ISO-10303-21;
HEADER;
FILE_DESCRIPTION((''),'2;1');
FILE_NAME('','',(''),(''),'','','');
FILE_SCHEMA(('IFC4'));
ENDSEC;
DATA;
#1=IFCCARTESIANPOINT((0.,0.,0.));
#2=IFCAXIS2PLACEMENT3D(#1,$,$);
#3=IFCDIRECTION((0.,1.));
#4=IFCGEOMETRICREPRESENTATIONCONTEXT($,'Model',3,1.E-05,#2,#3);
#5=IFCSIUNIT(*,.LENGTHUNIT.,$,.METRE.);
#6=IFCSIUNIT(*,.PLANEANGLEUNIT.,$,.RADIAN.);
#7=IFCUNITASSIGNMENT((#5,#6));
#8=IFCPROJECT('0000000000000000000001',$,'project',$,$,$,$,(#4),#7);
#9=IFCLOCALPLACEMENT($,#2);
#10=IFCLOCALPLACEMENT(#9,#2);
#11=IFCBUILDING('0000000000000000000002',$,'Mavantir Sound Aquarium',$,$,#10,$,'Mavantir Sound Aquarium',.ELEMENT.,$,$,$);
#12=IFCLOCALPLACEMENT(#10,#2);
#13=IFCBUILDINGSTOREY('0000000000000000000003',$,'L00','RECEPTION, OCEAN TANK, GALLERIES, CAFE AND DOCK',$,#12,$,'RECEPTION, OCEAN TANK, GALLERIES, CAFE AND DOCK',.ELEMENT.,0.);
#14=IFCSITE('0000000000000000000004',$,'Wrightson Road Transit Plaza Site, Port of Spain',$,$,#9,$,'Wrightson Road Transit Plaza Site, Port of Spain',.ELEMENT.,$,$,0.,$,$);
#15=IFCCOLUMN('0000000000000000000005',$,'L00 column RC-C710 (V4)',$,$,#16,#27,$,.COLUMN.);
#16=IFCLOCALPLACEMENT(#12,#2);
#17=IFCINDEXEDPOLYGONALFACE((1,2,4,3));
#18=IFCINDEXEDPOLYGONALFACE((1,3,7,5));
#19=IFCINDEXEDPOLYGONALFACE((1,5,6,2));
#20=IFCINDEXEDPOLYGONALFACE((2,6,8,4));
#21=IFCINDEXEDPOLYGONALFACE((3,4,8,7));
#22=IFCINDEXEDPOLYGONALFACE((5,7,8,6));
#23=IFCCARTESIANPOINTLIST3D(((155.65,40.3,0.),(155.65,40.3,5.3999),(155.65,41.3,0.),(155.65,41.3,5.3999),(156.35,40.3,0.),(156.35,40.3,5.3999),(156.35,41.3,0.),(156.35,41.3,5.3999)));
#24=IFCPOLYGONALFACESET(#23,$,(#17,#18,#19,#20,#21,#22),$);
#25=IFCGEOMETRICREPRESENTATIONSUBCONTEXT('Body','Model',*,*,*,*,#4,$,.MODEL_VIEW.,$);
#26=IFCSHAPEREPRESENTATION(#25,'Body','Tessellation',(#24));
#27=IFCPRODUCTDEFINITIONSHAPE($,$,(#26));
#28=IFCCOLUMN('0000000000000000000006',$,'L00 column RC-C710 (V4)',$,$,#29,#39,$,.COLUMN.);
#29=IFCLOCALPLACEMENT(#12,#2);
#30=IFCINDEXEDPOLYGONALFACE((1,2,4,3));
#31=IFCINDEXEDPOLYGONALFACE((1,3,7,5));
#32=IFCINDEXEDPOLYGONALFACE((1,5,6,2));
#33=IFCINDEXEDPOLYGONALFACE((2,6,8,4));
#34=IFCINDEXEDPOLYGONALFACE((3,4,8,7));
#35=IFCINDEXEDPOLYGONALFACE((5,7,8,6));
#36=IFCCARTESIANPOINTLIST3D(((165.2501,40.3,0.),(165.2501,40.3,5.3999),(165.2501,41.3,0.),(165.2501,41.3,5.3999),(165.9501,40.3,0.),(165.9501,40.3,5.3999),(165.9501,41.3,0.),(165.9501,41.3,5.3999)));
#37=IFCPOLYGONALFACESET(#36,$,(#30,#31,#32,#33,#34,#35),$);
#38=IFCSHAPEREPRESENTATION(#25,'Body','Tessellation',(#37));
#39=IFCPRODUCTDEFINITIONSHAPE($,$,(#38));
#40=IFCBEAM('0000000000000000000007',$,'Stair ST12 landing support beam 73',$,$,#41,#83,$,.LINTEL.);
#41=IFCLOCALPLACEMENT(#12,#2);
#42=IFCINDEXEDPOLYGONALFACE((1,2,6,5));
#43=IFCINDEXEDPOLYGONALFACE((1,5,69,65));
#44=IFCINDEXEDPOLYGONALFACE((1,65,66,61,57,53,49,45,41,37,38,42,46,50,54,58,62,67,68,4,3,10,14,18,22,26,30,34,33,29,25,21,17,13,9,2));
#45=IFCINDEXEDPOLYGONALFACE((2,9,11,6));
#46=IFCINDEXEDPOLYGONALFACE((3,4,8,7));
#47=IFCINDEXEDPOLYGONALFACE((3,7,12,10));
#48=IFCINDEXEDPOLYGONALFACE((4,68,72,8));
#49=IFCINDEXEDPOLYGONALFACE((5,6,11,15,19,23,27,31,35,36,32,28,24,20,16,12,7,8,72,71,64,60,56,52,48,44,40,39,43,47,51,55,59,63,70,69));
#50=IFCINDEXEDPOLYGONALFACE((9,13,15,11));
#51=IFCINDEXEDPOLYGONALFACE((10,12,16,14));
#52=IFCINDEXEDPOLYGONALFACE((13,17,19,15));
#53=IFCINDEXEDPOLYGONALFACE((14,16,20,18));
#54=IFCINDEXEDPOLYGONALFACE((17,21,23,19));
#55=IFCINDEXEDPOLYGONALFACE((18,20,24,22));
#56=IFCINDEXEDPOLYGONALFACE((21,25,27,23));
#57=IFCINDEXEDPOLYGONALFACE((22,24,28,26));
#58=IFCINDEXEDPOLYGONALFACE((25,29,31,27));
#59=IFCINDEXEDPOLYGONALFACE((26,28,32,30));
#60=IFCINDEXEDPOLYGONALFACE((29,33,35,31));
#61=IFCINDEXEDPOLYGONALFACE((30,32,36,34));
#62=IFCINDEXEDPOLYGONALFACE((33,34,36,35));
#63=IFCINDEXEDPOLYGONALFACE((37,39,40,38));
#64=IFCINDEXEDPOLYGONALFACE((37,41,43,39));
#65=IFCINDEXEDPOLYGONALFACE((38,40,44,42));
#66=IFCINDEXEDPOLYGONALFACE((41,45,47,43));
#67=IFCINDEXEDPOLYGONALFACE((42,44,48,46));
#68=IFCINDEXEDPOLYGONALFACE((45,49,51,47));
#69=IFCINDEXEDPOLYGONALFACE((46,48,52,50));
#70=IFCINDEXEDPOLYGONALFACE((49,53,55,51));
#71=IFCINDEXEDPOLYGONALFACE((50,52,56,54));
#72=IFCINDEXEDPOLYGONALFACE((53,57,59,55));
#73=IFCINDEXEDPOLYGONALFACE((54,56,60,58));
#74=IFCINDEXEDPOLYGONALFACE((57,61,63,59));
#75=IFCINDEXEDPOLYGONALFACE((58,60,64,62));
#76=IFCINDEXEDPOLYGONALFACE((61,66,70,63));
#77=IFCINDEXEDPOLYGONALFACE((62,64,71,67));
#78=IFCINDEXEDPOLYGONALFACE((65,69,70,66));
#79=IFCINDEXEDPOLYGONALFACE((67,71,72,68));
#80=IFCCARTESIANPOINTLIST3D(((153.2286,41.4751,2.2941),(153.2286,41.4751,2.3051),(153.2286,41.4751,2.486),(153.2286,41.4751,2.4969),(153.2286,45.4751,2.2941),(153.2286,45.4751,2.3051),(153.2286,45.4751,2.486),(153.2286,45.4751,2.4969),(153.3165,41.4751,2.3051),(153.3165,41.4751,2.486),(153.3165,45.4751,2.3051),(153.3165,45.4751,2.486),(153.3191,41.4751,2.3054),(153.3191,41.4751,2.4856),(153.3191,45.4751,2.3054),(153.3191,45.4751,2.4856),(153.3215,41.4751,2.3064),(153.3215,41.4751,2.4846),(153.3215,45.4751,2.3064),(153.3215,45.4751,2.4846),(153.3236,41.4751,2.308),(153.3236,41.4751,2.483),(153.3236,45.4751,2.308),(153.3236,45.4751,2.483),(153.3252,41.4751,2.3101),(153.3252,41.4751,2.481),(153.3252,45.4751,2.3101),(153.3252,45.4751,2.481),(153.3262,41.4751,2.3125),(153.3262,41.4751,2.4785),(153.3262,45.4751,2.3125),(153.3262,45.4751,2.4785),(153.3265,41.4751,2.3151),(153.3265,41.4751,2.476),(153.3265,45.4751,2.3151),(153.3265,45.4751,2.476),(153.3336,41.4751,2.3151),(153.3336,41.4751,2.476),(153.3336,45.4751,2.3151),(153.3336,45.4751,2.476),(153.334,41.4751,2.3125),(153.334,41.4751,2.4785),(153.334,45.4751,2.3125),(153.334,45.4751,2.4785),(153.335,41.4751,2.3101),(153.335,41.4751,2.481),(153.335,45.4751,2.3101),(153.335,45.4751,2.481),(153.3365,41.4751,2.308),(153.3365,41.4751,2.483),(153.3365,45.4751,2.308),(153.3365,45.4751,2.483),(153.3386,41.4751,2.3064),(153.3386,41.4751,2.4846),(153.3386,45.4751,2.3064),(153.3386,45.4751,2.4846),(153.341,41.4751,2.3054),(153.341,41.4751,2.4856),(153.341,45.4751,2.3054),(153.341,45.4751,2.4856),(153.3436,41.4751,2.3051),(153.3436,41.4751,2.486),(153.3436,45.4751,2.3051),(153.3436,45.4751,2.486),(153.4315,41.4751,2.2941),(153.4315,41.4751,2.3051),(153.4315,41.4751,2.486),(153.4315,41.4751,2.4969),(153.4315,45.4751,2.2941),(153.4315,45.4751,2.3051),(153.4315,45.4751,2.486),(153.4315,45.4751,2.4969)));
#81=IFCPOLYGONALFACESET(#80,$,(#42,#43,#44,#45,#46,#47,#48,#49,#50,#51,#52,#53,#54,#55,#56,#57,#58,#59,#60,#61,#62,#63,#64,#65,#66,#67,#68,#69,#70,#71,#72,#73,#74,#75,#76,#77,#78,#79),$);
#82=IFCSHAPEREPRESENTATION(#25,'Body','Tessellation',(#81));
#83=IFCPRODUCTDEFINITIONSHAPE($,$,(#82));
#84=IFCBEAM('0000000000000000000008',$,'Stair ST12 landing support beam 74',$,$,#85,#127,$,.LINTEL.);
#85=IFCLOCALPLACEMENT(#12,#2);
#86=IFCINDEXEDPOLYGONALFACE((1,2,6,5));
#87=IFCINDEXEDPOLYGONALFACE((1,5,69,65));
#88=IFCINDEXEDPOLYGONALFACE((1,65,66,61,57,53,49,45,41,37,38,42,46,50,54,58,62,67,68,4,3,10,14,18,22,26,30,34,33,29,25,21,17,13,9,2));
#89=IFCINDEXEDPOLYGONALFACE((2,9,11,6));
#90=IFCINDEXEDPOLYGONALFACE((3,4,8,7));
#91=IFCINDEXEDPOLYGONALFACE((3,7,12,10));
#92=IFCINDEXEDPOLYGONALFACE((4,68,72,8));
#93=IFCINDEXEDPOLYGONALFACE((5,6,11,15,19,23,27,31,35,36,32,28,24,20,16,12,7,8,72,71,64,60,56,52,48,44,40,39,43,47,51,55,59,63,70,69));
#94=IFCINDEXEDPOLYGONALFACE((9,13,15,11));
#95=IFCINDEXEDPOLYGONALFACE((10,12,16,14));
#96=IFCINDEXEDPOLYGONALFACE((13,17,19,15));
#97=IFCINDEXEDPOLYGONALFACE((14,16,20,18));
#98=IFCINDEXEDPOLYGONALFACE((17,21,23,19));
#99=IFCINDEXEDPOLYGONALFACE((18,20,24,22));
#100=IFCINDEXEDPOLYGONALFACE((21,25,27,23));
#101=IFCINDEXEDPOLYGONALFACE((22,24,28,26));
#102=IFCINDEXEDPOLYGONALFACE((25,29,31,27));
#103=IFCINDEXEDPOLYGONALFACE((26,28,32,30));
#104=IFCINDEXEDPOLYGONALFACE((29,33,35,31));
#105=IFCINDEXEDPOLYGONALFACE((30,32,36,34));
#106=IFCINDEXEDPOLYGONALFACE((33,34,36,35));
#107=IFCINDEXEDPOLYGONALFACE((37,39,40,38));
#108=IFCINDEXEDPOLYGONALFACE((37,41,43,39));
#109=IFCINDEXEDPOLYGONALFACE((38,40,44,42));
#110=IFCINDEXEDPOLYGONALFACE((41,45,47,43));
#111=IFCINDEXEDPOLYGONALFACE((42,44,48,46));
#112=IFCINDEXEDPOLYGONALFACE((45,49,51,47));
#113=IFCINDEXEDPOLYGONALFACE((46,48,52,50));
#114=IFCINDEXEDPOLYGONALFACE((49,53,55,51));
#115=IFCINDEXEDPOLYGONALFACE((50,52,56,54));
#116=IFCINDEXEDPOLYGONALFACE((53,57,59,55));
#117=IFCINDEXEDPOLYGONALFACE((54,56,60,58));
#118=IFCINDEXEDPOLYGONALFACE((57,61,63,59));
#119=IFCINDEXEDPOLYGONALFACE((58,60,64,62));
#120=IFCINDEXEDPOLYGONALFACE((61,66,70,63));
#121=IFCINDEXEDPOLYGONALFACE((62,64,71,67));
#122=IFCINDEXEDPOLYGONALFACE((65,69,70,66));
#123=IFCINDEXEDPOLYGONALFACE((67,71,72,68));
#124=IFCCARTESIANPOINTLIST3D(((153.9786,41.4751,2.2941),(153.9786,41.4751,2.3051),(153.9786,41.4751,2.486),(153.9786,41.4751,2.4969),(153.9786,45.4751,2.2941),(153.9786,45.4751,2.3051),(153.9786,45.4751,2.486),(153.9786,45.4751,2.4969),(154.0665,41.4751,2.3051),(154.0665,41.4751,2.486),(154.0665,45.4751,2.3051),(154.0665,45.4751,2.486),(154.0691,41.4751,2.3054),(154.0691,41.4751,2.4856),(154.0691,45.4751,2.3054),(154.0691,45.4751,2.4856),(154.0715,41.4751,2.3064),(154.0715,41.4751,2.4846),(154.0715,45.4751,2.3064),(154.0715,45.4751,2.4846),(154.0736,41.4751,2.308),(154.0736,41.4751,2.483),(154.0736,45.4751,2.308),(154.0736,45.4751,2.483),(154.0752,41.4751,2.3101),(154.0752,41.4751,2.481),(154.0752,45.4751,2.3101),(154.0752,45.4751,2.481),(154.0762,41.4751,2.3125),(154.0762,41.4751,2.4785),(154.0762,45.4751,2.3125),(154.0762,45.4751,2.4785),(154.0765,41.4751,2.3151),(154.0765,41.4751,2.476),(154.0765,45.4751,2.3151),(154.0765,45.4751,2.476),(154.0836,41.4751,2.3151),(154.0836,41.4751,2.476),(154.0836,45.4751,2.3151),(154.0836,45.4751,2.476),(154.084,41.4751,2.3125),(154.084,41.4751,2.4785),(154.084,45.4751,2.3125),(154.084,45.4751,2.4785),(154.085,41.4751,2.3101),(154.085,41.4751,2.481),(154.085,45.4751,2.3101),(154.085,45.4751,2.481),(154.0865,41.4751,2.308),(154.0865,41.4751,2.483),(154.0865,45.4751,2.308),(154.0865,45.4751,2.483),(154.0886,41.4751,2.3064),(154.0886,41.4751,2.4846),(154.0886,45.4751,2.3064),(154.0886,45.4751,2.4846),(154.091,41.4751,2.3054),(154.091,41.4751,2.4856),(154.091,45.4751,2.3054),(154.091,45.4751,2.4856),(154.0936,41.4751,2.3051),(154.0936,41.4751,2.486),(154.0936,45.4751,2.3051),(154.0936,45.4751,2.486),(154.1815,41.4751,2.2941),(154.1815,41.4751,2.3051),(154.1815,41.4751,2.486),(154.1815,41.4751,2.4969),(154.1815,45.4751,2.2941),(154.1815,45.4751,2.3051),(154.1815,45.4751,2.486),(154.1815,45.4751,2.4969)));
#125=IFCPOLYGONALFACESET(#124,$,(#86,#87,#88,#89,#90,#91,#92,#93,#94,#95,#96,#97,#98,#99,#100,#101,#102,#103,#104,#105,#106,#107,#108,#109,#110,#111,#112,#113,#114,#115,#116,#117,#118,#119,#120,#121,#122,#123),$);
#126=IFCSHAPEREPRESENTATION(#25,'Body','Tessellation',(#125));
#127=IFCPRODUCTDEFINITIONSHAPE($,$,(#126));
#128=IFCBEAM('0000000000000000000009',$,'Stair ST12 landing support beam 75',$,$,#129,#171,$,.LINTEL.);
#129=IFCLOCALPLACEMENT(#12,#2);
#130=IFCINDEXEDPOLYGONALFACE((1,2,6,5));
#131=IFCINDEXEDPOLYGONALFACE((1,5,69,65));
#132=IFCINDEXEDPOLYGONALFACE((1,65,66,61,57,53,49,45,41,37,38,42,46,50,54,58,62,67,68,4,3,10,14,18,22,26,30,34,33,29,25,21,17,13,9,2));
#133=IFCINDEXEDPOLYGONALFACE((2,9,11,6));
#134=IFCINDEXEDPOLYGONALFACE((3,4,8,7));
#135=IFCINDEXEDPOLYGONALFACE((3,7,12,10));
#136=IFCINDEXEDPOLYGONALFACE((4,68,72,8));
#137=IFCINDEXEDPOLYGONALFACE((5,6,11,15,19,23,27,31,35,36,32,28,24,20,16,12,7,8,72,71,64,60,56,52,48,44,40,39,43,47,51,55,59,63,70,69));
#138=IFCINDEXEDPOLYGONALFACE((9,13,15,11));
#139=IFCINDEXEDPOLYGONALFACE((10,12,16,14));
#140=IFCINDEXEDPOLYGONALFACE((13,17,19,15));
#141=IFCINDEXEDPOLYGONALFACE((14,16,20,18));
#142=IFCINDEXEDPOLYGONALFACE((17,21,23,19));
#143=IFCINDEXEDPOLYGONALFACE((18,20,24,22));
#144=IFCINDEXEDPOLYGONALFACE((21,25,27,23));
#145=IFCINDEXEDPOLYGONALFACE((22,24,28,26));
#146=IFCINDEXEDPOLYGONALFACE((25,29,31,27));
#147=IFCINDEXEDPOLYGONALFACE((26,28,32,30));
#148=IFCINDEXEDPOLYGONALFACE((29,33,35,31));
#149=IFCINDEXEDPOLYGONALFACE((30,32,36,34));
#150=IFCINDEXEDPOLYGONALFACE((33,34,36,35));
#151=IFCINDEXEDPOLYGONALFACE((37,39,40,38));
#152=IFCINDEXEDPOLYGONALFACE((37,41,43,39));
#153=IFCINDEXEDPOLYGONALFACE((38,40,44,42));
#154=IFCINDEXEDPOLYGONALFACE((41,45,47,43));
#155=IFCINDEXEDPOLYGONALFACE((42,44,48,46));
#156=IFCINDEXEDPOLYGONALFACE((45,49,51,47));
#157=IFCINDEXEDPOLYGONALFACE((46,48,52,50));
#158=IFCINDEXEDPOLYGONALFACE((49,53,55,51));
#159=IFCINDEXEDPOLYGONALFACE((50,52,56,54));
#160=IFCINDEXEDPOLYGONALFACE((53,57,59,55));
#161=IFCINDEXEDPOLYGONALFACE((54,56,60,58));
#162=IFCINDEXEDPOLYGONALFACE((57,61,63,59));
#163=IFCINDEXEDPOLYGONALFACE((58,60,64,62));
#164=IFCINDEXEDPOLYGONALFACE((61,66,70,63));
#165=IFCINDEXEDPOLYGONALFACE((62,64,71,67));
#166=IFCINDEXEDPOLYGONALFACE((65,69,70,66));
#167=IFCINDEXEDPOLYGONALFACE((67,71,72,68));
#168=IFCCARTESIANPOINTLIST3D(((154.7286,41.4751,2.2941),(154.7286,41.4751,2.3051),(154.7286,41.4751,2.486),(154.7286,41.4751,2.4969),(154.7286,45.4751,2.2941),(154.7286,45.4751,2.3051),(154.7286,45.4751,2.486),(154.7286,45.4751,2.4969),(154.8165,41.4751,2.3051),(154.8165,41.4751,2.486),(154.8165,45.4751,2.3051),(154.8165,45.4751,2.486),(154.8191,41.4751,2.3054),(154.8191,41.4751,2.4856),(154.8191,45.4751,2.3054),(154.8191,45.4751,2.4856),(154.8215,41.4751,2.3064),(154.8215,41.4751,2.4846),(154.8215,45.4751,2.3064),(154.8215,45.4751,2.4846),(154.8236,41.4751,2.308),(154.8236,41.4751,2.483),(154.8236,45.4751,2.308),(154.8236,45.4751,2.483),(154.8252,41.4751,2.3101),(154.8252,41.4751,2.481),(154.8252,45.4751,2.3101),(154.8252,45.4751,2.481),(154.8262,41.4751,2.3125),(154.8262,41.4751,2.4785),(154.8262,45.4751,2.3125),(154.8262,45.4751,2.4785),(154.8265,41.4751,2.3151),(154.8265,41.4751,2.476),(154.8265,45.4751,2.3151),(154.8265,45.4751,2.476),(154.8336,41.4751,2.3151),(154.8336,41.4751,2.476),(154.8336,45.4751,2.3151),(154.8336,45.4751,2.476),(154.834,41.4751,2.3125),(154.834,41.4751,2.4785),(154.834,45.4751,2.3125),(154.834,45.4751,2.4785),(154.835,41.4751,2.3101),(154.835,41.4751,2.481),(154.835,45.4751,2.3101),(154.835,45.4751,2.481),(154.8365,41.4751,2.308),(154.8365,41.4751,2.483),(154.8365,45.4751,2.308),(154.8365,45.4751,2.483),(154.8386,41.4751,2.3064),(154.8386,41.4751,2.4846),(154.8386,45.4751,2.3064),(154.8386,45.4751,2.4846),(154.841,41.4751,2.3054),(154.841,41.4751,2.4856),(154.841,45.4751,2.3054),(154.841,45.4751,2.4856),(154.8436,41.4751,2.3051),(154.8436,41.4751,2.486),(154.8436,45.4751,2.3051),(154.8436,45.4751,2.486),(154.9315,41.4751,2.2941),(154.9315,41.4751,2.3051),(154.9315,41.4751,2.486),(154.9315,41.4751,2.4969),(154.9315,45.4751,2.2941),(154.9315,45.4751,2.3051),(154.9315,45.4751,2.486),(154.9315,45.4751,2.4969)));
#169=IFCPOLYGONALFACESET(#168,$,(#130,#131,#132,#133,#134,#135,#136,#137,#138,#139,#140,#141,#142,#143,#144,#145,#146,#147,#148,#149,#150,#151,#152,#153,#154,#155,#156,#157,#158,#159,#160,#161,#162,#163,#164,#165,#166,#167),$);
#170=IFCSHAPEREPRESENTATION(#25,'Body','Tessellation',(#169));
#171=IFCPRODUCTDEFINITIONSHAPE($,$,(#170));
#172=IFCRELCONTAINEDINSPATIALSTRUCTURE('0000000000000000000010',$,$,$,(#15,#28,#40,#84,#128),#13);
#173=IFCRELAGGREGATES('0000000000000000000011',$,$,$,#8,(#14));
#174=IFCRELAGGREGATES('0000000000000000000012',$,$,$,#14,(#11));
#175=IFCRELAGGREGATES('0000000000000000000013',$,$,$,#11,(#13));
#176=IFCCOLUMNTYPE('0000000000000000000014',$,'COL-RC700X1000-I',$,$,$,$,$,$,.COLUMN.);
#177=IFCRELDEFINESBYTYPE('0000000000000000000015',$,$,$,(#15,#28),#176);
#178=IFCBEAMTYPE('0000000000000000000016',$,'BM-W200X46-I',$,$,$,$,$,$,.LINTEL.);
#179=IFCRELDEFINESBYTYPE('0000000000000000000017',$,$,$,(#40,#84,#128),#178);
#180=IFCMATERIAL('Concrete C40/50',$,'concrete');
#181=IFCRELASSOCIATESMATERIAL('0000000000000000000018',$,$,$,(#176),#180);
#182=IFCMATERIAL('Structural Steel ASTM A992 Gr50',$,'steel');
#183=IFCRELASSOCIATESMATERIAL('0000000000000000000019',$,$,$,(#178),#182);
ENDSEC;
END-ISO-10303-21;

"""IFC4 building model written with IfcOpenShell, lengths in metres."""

from ifc_helpers import new_model, si_unit, direction, frame, origin, origin_2d, place, context, subcontext, project, spatial, rectangle, i_section, extrude, material, material_profile, profile_set, type_object, element, save


model = new_model("IFC4")

# Units and contexts
model_context = context("Model", 3, precision=1e-05, world=origin(), true_north=direction((0.0, 1.0)))
body_context = subcontext(model_context, "Body", "Model", "MODEL_VIEW")
ifc_project = project(units=[si_unit("LENGTHUNIT", "METRE"), si_unit("PLANEANGLEUNIT", "RADIAN")], contexts=[model_context])

# Site, building, storey
site_placement = place(None, origin())
site = spatial("IfcSite", under=ifc_project, at=site_placement, Name="Wrightson Road Transit Plaza Site, Port of Spain", LongName="Wrightson Road Transit Plaza Site, Port of Spain", CompositionType="ELEMENT", RefElevation=0.0)
building_placement = place(site_placement, origin())
building = spatial("IfcBuilding", under=site, at=building_placement, Name="Mavantir Sound Aquarium", LongName="Mavantir Sound Aquarium", CompositionType="ELEMENT")
storey_placement = place(building_placement, origin())
storey = spatial("IfcBuildingStorey", under=building, at=storey_placement, Name="L00", Description="RECEPTION, OCEAN TANK, GALLERIES, CAFE AND DOCK", LongName="RECEPTION, OCEAN TANK, GALLERIES, CAFE AND DOCK", CompositionType="ELEMENT", Elevation=0.0)

# Columns
ifc_material_1 = material(Name="Concrete C40/50", Category="concrete")
ifc_material_profile_1 = material_profile(ifc_material_1, rectangle(XDim=0.7, YDim=1.0, at=origin_2d()), Name="RC 700X1000")
ifc_profile_set_1 = profile_set([ifc_material_profile_1], Name="Concrete C40/50")
column_type = type_object("IfcColumnType", Name="COL-RC700X1000-I", PredefinedType="COLUMN", material=ifc_profile_set_1)
for number, where, z_axis, x_axis, name in (
    (1, (156.0, 40.8, 0.0), (0.0, 0.0, 1.0), (1.0, 0.0, 0.0), "L00 column RC-C710 (V4)"),
    (2, (165.6001, 40.8, 0.0), (0.0, 0.0, 1.0), (1.0, 0.0, 0.0), "L00 column RC-C710 (V4)"),
):
    element("IfcColumn", number, at=place(storey_placement, frame(where, z_axis=z_axis, x_axis=x_axis)), inside=storey, type_object=column_type, Name=name, PredefinedType="COLUMN", context=body_context, shape_type="SweptSolid", body=[
        extrude(rectangle(XDim=0.7, YDim=1.0, at=origin_2d()), origin(), (0.0, 0.0, 1.0), 5.3999),
    ])

# Beams
ifc_material_2 = material(Name="Structural Steel ASTM A992 Gr50", Category="steel")
ifc_material_profile_2 = material_profile(ifc_material_2, i_section(OverallWidth=0.2029, OverallDepth=0.2029, WebThickness=0.0071, FlangeThickness=0.011, FilletRadius=0.01, at=origin_2d()), Name="W200X46")
ifc_profile_set_2 = profile_set([ifc_material_profile_2], Name="Structural Steel ASTM A992 Gr50")
beam_type_1 = type_object("IfcBeamType", Name="BM-W200X46-I", PredefinedType="LINTEL", material=ifc_profile_set_2)
for number, where, z_axis, x_axis, name in (
    (3, (153.3301, 41.4751, 2.3955), (0.0, 1.0, 0.0), (-1.0, 0.0, 0.0), "Stair ST12 landing support beam 73"),
    (4, (154.0801, 41.4751, 2.3955), (0.0, 1.0, 0.0), (-1.0, 0.0, 0.0), "Stair ST12 landing support beam 74"),
    (5, (154.8301, 41.4751, 2.3955), (0.0, 1.0, 0.0), (-1.0, 0.0, 0.0), "Stair ST12 landing support beam 75"),
):
    element("IfcBeam", number, at=place(storey_placement, frame(where, z_axis=z_axis, x_axis=x_axis)), inside=storey, type_object=beam_type_1, Name=name, PredefinedType="LINTEL", context=body_context, shape_type="SweptSolid", body=[
        extrude(i_section(OverallWidth=0.2029, OverallDepth=0.2029, WebThickness=0.0071, FlangeThickness=0.011, FilletRadius=0.01, at=origin_2d()), origin(), (0.0, 0.0, 1.0), 4.0),
    ])

save(model, "model.ifc")
